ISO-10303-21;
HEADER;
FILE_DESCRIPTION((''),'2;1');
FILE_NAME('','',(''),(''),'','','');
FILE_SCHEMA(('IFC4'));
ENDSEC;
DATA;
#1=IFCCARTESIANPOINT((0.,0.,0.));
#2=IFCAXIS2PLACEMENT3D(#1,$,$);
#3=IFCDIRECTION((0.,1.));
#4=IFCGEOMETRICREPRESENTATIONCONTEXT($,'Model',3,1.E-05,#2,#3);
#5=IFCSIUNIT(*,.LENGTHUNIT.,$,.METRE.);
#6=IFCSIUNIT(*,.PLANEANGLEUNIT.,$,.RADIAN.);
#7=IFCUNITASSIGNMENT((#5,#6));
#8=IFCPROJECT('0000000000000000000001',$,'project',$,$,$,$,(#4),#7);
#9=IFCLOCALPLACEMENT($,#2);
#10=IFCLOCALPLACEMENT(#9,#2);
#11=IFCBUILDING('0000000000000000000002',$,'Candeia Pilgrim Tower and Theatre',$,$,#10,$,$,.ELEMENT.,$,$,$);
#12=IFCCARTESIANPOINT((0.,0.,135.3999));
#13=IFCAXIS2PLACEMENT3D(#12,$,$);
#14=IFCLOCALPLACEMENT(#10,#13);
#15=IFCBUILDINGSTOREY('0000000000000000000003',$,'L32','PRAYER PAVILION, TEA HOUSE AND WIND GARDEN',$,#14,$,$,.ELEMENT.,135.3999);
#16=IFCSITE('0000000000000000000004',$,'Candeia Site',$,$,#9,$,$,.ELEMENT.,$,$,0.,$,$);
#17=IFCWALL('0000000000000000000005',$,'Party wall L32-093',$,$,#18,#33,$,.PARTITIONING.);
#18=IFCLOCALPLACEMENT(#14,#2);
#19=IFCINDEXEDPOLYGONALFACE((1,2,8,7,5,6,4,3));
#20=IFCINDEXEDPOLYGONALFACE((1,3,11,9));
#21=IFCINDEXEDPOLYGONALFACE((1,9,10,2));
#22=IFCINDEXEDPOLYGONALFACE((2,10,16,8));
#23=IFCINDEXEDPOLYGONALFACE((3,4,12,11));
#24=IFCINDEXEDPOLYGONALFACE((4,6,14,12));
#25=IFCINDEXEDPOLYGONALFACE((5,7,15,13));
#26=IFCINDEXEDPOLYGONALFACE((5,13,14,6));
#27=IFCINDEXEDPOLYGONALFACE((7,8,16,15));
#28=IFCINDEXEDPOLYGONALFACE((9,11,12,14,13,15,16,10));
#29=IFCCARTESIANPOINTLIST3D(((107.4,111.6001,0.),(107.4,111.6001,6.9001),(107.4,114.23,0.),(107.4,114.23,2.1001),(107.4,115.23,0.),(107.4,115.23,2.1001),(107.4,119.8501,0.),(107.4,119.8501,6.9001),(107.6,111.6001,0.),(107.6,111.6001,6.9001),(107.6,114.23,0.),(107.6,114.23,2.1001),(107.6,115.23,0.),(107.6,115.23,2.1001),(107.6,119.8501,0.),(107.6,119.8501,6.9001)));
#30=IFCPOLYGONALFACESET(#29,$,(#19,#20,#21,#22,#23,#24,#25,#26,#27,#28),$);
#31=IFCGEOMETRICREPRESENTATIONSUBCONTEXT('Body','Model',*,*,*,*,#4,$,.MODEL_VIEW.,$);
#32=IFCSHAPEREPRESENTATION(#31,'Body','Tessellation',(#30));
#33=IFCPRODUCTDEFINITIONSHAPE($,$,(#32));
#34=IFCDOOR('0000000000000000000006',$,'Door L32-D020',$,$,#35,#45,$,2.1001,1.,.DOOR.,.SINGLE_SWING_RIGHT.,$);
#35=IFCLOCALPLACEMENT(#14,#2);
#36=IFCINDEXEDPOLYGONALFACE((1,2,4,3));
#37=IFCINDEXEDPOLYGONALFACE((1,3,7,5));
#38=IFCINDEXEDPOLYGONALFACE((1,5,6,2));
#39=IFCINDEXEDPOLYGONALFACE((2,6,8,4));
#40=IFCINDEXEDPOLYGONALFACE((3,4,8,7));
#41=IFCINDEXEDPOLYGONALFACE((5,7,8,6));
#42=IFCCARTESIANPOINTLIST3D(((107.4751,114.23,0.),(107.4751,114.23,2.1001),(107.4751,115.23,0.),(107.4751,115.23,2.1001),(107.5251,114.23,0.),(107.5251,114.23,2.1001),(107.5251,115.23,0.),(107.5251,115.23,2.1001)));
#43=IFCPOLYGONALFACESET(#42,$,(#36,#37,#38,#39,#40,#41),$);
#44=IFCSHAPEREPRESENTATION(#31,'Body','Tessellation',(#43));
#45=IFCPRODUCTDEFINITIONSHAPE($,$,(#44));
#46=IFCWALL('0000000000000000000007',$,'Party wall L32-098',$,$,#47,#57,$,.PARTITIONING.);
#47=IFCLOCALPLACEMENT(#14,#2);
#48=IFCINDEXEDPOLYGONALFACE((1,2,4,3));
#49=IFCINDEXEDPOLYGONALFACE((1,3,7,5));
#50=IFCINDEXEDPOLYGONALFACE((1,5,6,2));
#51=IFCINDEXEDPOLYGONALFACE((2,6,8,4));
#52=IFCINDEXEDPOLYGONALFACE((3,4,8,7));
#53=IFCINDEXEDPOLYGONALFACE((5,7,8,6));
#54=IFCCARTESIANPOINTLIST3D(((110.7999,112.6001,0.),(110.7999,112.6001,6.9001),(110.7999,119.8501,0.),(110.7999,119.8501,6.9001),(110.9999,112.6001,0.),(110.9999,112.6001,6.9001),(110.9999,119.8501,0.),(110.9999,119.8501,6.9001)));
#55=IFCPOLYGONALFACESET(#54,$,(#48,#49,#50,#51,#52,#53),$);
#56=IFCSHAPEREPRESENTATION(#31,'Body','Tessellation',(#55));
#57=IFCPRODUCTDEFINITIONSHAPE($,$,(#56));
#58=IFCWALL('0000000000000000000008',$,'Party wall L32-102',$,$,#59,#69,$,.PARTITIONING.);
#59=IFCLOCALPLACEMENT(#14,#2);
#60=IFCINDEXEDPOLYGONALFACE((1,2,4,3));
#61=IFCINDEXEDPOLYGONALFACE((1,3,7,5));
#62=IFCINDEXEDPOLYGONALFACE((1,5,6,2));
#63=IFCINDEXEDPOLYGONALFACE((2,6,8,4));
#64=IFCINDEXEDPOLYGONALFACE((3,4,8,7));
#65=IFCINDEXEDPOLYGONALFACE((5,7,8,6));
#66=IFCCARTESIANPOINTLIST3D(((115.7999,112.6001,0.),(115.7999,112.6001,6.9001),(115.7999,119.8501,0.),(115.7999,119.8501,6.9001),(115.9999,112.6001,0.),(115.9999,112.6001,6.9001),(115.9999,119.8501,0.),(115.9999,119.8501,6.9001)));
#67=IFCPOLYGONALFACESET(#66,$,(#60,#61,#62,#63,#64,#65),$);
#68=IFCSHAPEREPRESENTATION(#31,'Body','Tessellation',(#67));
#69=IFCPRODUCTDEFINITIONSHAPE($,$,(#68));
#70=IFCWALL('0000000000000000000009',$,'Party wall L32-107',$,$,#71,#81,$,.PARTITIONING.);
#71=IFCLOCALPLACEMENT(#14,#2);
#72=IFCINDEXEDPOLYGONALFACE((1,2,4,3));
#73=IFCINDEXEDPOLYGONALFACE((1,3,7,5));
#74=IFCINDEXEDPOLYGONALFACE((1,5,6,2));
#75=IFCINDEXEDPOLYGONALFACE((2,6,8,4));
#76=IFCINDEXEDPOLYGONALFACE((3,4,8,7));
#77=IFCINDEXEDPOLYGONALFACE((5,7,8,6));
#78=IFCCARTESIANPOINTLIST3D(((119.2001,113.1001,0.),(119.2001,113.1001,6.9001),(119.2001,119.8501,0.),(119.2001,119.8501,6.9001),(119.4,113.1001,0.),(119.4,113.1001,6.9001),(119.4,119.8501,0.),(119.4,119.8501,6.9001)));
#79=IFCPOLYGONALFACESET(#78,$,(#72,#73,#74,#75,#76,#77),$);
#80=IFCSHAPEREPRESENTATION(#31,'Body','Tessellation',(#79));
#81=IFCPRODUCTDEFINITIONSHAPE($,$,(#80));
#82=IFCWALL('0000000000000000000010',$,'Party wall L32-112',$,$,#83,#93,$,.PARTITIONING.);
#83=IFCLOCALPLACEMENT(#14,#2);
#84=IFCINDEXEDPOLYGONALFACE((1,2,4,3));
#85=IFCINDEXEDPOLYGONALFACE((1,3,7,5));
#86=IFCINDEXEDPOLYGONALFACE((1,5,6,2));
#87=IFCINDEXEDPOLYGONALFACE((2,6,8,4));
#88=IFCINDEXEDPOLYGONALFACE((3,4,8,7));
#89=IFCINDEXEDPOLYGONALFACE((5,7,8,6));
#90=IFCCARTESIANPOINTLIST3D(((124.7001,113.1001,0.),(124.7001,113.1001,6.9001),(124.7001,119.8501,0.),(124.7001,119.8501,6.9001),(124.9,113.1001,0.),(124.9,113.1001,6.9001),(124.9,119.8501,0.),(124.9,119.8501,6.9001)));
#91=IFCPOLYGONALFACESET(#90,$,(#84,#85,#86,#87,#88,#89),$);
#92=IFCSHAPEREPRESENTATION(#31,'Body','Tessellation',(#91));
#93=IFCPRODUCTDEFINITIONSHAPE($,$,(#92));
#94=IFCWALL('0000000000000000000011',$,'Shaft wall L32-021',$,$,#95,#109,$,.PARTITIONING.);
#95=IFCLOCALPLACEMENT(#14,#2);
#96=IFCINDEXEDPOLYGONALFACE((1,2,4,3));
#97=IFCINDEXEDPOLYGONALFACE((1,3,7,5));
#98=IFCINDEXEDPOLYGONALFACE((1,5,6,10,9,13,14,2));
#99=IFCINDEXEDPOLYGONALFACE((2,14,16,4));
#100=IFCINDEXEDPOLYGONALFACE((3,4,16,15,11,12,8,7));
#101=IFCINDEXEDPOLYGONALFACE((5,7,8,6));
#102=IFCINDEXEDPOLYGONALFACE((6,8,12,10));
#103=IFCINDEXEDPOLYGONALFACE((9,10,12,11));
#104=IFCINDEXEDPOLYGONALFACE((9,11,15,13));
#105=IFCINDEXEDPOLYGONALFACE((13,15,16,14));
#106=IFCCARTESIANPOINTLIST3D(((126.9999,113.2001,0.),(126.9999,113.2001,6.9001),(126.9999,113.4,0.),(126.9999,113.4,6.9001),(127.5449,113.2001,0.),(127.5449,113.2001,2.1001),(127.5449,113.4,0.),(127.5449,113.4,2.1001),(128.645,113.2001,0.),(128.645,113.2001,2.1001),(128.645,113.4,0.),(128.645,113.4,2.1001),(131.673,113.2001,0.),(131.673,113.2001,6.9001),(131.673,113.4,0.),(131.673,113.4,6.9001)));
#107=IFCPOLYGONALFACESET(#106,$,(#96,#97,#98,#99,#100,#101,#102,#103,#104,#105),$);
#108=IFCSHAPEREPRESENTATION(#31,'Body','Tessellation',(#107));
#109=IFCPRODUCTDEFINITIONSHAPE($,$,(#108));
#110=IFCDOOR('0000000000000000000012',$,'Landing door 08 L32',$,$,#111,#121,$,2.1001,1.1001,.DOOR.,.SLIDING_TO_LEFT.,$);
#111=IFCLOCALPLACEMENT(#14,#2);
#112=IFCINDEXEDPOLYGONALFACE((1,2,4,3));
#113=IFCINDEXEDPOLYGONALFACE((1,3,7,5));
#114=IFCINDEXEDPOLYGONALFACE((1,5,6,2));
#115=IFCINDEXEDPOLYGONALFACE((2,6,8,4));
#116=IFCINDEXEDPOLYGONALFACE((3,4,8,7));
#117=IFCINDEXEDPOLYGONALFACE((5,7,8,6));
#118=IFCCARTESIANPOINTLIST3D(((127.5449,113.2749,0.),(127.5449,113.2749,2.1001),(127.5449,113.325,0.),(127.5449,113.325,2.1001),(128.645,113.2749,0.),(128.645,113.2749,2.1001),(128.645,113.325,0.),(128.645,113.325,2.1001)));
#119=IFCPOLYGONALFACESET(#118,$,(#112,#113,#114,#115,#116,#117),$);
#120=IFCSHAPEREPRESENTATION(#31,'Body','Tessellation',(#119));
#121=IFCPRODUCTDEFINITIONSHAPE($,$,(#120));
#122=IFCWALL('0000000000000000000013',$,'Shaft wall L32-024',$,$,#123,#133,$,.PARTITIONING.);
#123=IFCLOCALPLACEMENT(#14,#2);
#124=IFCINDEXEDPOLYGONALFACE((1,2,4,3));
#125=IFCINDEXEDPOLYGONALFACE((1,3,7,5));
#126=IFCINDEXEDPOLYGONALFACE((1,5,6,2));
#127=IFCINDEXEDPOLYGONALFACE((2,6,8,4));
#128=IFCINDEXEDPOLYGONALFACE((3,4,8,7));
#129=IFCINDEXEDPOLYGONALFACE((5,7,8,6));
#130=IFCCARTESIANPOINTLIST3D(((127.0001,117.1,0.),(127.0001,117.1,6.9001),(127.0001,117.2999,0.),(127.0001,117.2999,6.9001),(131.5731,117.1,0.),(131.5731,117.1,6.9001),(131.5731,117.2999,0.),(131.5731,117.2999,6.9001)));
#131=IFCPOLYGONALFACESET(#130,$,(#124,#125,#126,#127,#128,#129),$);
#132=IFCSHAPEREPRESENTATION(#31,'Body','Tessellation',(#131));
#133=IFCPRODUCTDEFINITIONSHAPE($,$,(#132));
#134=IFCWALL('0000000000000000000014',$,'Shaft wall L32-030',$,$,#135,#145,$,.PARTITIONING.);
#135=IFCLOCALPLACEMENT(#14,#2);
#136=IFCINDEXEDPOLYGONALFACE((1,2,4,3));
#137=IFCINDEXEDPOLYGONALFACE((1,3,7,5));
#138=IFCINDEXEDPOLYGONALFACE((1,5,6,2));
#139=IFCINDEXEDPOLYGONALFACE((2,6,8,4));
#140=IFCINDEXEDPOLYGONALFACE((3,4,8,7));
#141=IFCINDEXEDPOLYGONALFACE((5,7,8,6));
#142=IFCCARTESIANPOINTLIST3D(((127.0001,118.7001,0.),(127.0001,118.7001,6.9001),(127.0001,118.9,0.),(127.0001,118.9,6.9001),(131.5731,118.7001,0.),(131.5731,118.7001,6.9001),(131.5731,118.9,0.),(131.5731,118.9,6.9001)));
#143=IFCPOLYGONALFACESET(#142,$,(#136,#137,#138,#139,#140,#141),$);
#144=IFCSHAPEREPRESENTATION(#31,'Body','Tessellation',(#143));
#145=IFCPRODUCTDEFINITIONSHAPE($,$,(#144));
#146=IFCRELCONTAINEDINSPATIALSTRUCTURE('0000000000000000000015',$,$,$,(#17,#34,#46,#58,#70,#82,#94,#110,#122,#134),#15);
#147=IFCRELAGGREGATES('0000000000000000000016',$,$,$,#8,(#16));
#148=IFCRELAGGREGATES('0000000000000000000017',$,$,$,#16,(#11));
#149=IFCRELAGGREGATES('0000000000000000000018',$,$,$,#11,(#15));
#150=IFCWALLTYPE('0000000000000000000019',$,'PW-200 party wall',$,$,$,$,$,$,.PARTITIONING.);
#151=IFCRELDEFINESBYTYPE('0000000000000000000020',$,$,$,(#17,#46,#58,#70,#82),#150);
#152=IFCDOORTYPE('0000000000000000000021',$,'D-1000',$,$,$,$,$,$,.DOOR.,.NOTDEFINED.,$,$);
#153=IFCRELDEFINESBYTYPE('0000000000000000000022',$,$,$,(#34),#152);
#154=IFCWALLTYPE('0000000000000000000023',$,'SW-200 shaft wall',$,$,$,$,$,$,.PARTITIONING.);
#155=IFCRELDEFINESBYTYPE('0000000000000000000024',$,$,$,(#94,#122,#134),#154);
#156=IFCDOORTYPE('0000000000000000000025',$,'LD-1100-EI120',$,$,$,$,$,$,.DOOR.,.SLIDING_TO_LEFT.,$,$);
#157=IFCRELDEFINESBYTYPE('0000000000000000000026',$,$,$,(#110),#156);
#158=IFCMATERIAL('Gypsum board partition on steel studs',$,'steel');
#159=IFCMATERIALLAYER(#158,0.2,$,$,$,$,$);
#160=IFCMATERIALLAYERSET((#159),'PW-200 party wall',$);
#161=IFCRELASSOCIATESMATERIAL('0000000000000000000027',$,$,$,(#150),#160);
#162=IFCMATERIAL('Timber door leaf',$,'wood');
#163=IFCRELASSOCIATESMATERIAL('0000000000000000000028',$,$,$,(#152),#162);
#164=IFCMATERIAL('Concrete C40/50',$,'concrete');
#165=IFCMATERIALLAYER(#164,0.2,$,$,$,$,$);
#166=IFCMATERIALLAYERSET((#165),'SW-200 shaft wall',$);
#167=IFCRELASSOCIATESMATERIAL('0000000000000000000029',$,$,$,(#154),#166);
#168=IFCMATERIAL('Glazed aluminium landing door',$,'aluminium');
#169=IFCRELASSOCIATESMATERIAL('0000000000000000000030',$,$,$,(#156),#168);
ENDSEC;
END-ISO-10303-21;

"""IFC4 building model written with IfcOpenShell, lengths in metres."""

from ifc_helpers import new_model, si_unit, direction, frame, frame_2d, origin, place, context, subcontext, project, spatial, rectangle, extrude, material, layer, layer_set, type_object, element, fill, save


model = new_model("IFC4")

# Units and contexts
model_context = context("Model", 3, precision=1e-05, world=origin(), true_north=direction((0.0, 1.0)))
body_context = subcontext(model_context, "Body", "Model", "MODEL_VIEW")
ifc_project = project(units=[si_unit("LENGTHUNIT", "METRE"), si_unit("PLANEANGLEUNIT", "RADIAN")], contexts=[model_context])

# Site, building, storey
site_placement = place(None, origin())
site = spatial("IfcSite", under=ifc_project, at=site_placement, Name="Candeia Site", CompositionType="ELEMENT", RefElevation=0.0)
building_placement = place(site_placement, origin())
building = spatial("IfcBuilding", under=site, at=building_placement, Name="Candeia Pilgrim Tower and Theatre", CompositionType="ELEMENT")
storey_placement = place(building_placement, frame((0.0, 0.0, 135.3999)))
storey = spatial("IfcBuildingStorey", under=building, at=storey_placement, Name="L32", Description="PRAYER PAVILION, TEA HOUSE AND WIND GARDEN", CompositionType="ELEMENT", Elevation=135.3999)

# Shared definitions
ifc_material_1 = material(Name="Gypsum board partition on steel studs", Category="steel")
ifc_layer_1 = layer(ifc_material_1, 0.2)
ifc_layer_set_1 = layer_set([ifc_layer_1], Name="PW-200 party wall")
wall_type_1 = type_object("IfcWallType", Name="PW-200 party wall", PredefinedType="PARTITIONING", material=ifc_layer_set_1)

# Wall, opening, door
wall_1_placement = place(storey_placement, frame((107.5, 111.6001, 0.0), z_axis=(0.0, 0.0, 1.0), x_axis=(0.0, 1.0, 0.0)))
wall_1 = element("IfcWall", 1, at=wall_1_placement, inside=storey, type_object=wall_type_1, Name="Party wall L32-093", PredefinedType="PARTITIONING", context=body_context, shape_type="SweptSolid", body=[
    extrude(rectangle(XDim=8.25, YDim=0.2, at=frame_2d((4.125, 0.0))), origin(), (0.0, 0.0, 1.0), 6.9001),
])
opening_1_placement = place(wall_1_placement, frame((2.6299, 0.0, 0.0)))
opening_1 = element("IfcOpeningElement", 2, at=opening_1_placement, cuts=wall_1, PredefinedType="OPENING", context=body_context, shape_type="SweptSolid", body=[
    extrude(rectangle(XDim=1.0, YDim=2.1001, at=frame_2d((0.5, 1.05))), frame((0.0, 0.1099, 0.0), z_axis=(0.0, -1.0, 0.0), x_axis=(1.0, 0.0, 0.0)), (0.0, 0.0, 1.0), 0.22),
])
ifc_material_2 = material(Name="Timber door leaf", Category="wood")
door_type_1 = type_object("IfcDoorType", Name="D-1000", OperationType="NOTDEFINED", PredefinedType="DOOR", material=ifc_material_2)
door_1_placement = place(opening_1_placement, origin())
door_1 = element("IfcDoor", 3, at=door_1_placement, inside=storey, type_object=door_type_1, Name="Door L32-D020", OperationType="SINGLE_SWING_RIGHT", OverallHeight=2.1001, OverallWidth=1.0, PredefinedType="DOOR", context=body_context, shape_type="SweptSolid", body=[
    extrude(rectangle(XDim=1.0, YDim=2.1001, at=frame_2d((0.5, 1.05))), frame((0.0, 0.0249, 0.0), z_axis=(0.0, -1.0, 0.0), x_axis=(1.0, 0.0, 0.0)), (0.0, 0.0, 1.0), 0.05),
])
fill(opening_1, door_1)

# Walls
for number, where, z_axis, x_axis, name in (
    (4, (110.8999, 112.6001, 0.0), (0.0, 0.0, 1.0), (0.0, 1.0, 0.0), "Party wall L32-098"),
    (5, (115.8999, 112.6001, 0.0), (0.0, 0.0, 1.0), (0.0, 1.0, 0.0), "Party wall L32-102"),
):
    element("IfcWall", number, at=place(storey_placement, frame(where, z_axis=z_axis, x_axis=x_axis)), inside=storey, type_object=wall_type_1, Name=name, PredefinedType="PARTITIONING", context=body_context, shape_type="SweptSolid", body=[
        extrude(rectangle(XDim=7.25, YDim=0.2, at=frame_2d((3.625, 0.0))), origin(), (0.0, 0.0, 1.0), 6.9001),
    ])
for number, where, z_axis, x_axis, name in (
    (6, (119.3, 113.1001, 0.0), (0.0, 0.0, 1.0), (0.0, 1.0, 0.0), "Party wall L32-107"),
    (7, (124.8, 113.1001, 0.0), (0.0, 0.0, 1.0), (0.0, 1.0, 0.0), "Party wall L32-112"),
):
    element("IfcWall", number, at=place(storey_placement, frame(where, z_axis=z_axis, x_axis=x_axis)), inside=storey, type_object=wall_type_1, Name=name, PredefinedType="PARTITIONING", context=body_context, shape_type="SweptSolid", body=[
        extrude(rectangle(XDim=6.75, YDim=0.2, at=frame_2d((3.375, 0.0))), origin(), (0.0, 0.0, 1.0), 6.9001),
    ])

# Wall, opening, door
ifc_material_3 = material(Name="Concrete C40/50", Category="concrete")
ifc_layer_2 = layer(ifc_material_3, 0.2)
ifc_layer_set_2 = layer_set([ifc_layer_2], Name="SW-200 shaft wall")
wall_type_2 = type_object("IfcWallType", Name="SW-200 shaft wall", PredefinedType="PARTITIONING", material=ifc_layer_set_2)
wall_2_placement = place(storey_placement, frame((127.0, 113.3, 0.0), z_axis=(0.0, 0.0, 1.0), x_axis=(1.0, 0.0, 0.0)))
wall_2 = element("IfcWall", 8, at=wall_2_placement, inside=storey, type_object=wall_type_2, Name="Shaft wall L32-021", PredefinedType="PARTITIONING", context=body_context, shape_type="SweptSolid", body=[
    extrude(rectangle(XDim=4.6731, YDim=0.2, at=frame_2d((2.3364, 0.0))), origin(), (0.0, 0.0, 1.0), 6.9001),
])
opening_2_placement = place(wall_2_placement, frame((0.5449, 0.0, 0.0)))
opening_2 = element("IfcOpeningElement", 9, at=opening_2_placement, cuts=wall_2, PredefinedType="OPENING", context=body_context, shape_type="SweptSolid", body=[
    extrude(rectangle(XDim=1.1001, YDim=2.1001, at=frame_2d((0.55, 1.05))), frame((0.0, 0.1099, 0.0), z_axis=(0.0, -1.0, 0.0), x_axis=(1.0, 0.0, 0.0)), (0.0, 0.0, 1.0), 0.22),
])
ifc_material_4 = material(Name="Glazed aluminium landing door", Category="aluminium")
door_type_2 = type_object("IfcDoorType", Name="LD-1100-EI120", OperationType="SLIDING_TO_LEFT", PredefinedType="DOOR", material=ifc_material_4)
door_2_placement = place(opening_2_placement, origin())
door_2 = element("IfcDoor", 10, at=door_2_placement, inside=storey, type_object=door_type_2, Name="Landing door 08 L32", OperationType="SLIDING_TO_LEFT", OverallHeight=2.1001, OverallWidth=1.1001, PredefinedType="DOOR", context=body_context, shape_type="SweptSolid", body=[
    extrude(rectangle(XDim=1.1001, YDim=2.1001, at=frame_2d((0.55, 1.05))), frame((0.0, 0.0249, 0.0), z_axis=(0.0, -1.0, 0.0), x_axis=(1.0, 0.0, 0.0)), (0.0, 0.0, 1.0), 0.05),
])
fill(opening_2, door_2)

# Walls
for number, where, z_axis, x_axis, name in (
    (11, (127.0, 117.2, 0.0), (0.0, 0.0, 1.0), (1.0, 0.0, 0.0), "Shaft wall L32-024"),
    (12, (127.0, 118.8, 0.0), (0.0, 0.0, 1.0), (1.0, 0.0, 0.0), "Shaft wall L32-030"),
):
    element("IfcWall", number, at=place(storey_placement, frame(where, z_axis=z_axis, x_axis=x_axis)), inside=storey, type_object=wall_type_2, Name=name, PredefinedType="PARTITIONING", context=body_context, shape_type="SweptSolid", body=[
        extrude(rectangle(XDim=4.573, YDim=0.2, at=frame_2d((2.2866, 0.0))), origin(), (0.0, 0.0, 1.0), 6.9001),
    ])

save(model, "model.ifc")
